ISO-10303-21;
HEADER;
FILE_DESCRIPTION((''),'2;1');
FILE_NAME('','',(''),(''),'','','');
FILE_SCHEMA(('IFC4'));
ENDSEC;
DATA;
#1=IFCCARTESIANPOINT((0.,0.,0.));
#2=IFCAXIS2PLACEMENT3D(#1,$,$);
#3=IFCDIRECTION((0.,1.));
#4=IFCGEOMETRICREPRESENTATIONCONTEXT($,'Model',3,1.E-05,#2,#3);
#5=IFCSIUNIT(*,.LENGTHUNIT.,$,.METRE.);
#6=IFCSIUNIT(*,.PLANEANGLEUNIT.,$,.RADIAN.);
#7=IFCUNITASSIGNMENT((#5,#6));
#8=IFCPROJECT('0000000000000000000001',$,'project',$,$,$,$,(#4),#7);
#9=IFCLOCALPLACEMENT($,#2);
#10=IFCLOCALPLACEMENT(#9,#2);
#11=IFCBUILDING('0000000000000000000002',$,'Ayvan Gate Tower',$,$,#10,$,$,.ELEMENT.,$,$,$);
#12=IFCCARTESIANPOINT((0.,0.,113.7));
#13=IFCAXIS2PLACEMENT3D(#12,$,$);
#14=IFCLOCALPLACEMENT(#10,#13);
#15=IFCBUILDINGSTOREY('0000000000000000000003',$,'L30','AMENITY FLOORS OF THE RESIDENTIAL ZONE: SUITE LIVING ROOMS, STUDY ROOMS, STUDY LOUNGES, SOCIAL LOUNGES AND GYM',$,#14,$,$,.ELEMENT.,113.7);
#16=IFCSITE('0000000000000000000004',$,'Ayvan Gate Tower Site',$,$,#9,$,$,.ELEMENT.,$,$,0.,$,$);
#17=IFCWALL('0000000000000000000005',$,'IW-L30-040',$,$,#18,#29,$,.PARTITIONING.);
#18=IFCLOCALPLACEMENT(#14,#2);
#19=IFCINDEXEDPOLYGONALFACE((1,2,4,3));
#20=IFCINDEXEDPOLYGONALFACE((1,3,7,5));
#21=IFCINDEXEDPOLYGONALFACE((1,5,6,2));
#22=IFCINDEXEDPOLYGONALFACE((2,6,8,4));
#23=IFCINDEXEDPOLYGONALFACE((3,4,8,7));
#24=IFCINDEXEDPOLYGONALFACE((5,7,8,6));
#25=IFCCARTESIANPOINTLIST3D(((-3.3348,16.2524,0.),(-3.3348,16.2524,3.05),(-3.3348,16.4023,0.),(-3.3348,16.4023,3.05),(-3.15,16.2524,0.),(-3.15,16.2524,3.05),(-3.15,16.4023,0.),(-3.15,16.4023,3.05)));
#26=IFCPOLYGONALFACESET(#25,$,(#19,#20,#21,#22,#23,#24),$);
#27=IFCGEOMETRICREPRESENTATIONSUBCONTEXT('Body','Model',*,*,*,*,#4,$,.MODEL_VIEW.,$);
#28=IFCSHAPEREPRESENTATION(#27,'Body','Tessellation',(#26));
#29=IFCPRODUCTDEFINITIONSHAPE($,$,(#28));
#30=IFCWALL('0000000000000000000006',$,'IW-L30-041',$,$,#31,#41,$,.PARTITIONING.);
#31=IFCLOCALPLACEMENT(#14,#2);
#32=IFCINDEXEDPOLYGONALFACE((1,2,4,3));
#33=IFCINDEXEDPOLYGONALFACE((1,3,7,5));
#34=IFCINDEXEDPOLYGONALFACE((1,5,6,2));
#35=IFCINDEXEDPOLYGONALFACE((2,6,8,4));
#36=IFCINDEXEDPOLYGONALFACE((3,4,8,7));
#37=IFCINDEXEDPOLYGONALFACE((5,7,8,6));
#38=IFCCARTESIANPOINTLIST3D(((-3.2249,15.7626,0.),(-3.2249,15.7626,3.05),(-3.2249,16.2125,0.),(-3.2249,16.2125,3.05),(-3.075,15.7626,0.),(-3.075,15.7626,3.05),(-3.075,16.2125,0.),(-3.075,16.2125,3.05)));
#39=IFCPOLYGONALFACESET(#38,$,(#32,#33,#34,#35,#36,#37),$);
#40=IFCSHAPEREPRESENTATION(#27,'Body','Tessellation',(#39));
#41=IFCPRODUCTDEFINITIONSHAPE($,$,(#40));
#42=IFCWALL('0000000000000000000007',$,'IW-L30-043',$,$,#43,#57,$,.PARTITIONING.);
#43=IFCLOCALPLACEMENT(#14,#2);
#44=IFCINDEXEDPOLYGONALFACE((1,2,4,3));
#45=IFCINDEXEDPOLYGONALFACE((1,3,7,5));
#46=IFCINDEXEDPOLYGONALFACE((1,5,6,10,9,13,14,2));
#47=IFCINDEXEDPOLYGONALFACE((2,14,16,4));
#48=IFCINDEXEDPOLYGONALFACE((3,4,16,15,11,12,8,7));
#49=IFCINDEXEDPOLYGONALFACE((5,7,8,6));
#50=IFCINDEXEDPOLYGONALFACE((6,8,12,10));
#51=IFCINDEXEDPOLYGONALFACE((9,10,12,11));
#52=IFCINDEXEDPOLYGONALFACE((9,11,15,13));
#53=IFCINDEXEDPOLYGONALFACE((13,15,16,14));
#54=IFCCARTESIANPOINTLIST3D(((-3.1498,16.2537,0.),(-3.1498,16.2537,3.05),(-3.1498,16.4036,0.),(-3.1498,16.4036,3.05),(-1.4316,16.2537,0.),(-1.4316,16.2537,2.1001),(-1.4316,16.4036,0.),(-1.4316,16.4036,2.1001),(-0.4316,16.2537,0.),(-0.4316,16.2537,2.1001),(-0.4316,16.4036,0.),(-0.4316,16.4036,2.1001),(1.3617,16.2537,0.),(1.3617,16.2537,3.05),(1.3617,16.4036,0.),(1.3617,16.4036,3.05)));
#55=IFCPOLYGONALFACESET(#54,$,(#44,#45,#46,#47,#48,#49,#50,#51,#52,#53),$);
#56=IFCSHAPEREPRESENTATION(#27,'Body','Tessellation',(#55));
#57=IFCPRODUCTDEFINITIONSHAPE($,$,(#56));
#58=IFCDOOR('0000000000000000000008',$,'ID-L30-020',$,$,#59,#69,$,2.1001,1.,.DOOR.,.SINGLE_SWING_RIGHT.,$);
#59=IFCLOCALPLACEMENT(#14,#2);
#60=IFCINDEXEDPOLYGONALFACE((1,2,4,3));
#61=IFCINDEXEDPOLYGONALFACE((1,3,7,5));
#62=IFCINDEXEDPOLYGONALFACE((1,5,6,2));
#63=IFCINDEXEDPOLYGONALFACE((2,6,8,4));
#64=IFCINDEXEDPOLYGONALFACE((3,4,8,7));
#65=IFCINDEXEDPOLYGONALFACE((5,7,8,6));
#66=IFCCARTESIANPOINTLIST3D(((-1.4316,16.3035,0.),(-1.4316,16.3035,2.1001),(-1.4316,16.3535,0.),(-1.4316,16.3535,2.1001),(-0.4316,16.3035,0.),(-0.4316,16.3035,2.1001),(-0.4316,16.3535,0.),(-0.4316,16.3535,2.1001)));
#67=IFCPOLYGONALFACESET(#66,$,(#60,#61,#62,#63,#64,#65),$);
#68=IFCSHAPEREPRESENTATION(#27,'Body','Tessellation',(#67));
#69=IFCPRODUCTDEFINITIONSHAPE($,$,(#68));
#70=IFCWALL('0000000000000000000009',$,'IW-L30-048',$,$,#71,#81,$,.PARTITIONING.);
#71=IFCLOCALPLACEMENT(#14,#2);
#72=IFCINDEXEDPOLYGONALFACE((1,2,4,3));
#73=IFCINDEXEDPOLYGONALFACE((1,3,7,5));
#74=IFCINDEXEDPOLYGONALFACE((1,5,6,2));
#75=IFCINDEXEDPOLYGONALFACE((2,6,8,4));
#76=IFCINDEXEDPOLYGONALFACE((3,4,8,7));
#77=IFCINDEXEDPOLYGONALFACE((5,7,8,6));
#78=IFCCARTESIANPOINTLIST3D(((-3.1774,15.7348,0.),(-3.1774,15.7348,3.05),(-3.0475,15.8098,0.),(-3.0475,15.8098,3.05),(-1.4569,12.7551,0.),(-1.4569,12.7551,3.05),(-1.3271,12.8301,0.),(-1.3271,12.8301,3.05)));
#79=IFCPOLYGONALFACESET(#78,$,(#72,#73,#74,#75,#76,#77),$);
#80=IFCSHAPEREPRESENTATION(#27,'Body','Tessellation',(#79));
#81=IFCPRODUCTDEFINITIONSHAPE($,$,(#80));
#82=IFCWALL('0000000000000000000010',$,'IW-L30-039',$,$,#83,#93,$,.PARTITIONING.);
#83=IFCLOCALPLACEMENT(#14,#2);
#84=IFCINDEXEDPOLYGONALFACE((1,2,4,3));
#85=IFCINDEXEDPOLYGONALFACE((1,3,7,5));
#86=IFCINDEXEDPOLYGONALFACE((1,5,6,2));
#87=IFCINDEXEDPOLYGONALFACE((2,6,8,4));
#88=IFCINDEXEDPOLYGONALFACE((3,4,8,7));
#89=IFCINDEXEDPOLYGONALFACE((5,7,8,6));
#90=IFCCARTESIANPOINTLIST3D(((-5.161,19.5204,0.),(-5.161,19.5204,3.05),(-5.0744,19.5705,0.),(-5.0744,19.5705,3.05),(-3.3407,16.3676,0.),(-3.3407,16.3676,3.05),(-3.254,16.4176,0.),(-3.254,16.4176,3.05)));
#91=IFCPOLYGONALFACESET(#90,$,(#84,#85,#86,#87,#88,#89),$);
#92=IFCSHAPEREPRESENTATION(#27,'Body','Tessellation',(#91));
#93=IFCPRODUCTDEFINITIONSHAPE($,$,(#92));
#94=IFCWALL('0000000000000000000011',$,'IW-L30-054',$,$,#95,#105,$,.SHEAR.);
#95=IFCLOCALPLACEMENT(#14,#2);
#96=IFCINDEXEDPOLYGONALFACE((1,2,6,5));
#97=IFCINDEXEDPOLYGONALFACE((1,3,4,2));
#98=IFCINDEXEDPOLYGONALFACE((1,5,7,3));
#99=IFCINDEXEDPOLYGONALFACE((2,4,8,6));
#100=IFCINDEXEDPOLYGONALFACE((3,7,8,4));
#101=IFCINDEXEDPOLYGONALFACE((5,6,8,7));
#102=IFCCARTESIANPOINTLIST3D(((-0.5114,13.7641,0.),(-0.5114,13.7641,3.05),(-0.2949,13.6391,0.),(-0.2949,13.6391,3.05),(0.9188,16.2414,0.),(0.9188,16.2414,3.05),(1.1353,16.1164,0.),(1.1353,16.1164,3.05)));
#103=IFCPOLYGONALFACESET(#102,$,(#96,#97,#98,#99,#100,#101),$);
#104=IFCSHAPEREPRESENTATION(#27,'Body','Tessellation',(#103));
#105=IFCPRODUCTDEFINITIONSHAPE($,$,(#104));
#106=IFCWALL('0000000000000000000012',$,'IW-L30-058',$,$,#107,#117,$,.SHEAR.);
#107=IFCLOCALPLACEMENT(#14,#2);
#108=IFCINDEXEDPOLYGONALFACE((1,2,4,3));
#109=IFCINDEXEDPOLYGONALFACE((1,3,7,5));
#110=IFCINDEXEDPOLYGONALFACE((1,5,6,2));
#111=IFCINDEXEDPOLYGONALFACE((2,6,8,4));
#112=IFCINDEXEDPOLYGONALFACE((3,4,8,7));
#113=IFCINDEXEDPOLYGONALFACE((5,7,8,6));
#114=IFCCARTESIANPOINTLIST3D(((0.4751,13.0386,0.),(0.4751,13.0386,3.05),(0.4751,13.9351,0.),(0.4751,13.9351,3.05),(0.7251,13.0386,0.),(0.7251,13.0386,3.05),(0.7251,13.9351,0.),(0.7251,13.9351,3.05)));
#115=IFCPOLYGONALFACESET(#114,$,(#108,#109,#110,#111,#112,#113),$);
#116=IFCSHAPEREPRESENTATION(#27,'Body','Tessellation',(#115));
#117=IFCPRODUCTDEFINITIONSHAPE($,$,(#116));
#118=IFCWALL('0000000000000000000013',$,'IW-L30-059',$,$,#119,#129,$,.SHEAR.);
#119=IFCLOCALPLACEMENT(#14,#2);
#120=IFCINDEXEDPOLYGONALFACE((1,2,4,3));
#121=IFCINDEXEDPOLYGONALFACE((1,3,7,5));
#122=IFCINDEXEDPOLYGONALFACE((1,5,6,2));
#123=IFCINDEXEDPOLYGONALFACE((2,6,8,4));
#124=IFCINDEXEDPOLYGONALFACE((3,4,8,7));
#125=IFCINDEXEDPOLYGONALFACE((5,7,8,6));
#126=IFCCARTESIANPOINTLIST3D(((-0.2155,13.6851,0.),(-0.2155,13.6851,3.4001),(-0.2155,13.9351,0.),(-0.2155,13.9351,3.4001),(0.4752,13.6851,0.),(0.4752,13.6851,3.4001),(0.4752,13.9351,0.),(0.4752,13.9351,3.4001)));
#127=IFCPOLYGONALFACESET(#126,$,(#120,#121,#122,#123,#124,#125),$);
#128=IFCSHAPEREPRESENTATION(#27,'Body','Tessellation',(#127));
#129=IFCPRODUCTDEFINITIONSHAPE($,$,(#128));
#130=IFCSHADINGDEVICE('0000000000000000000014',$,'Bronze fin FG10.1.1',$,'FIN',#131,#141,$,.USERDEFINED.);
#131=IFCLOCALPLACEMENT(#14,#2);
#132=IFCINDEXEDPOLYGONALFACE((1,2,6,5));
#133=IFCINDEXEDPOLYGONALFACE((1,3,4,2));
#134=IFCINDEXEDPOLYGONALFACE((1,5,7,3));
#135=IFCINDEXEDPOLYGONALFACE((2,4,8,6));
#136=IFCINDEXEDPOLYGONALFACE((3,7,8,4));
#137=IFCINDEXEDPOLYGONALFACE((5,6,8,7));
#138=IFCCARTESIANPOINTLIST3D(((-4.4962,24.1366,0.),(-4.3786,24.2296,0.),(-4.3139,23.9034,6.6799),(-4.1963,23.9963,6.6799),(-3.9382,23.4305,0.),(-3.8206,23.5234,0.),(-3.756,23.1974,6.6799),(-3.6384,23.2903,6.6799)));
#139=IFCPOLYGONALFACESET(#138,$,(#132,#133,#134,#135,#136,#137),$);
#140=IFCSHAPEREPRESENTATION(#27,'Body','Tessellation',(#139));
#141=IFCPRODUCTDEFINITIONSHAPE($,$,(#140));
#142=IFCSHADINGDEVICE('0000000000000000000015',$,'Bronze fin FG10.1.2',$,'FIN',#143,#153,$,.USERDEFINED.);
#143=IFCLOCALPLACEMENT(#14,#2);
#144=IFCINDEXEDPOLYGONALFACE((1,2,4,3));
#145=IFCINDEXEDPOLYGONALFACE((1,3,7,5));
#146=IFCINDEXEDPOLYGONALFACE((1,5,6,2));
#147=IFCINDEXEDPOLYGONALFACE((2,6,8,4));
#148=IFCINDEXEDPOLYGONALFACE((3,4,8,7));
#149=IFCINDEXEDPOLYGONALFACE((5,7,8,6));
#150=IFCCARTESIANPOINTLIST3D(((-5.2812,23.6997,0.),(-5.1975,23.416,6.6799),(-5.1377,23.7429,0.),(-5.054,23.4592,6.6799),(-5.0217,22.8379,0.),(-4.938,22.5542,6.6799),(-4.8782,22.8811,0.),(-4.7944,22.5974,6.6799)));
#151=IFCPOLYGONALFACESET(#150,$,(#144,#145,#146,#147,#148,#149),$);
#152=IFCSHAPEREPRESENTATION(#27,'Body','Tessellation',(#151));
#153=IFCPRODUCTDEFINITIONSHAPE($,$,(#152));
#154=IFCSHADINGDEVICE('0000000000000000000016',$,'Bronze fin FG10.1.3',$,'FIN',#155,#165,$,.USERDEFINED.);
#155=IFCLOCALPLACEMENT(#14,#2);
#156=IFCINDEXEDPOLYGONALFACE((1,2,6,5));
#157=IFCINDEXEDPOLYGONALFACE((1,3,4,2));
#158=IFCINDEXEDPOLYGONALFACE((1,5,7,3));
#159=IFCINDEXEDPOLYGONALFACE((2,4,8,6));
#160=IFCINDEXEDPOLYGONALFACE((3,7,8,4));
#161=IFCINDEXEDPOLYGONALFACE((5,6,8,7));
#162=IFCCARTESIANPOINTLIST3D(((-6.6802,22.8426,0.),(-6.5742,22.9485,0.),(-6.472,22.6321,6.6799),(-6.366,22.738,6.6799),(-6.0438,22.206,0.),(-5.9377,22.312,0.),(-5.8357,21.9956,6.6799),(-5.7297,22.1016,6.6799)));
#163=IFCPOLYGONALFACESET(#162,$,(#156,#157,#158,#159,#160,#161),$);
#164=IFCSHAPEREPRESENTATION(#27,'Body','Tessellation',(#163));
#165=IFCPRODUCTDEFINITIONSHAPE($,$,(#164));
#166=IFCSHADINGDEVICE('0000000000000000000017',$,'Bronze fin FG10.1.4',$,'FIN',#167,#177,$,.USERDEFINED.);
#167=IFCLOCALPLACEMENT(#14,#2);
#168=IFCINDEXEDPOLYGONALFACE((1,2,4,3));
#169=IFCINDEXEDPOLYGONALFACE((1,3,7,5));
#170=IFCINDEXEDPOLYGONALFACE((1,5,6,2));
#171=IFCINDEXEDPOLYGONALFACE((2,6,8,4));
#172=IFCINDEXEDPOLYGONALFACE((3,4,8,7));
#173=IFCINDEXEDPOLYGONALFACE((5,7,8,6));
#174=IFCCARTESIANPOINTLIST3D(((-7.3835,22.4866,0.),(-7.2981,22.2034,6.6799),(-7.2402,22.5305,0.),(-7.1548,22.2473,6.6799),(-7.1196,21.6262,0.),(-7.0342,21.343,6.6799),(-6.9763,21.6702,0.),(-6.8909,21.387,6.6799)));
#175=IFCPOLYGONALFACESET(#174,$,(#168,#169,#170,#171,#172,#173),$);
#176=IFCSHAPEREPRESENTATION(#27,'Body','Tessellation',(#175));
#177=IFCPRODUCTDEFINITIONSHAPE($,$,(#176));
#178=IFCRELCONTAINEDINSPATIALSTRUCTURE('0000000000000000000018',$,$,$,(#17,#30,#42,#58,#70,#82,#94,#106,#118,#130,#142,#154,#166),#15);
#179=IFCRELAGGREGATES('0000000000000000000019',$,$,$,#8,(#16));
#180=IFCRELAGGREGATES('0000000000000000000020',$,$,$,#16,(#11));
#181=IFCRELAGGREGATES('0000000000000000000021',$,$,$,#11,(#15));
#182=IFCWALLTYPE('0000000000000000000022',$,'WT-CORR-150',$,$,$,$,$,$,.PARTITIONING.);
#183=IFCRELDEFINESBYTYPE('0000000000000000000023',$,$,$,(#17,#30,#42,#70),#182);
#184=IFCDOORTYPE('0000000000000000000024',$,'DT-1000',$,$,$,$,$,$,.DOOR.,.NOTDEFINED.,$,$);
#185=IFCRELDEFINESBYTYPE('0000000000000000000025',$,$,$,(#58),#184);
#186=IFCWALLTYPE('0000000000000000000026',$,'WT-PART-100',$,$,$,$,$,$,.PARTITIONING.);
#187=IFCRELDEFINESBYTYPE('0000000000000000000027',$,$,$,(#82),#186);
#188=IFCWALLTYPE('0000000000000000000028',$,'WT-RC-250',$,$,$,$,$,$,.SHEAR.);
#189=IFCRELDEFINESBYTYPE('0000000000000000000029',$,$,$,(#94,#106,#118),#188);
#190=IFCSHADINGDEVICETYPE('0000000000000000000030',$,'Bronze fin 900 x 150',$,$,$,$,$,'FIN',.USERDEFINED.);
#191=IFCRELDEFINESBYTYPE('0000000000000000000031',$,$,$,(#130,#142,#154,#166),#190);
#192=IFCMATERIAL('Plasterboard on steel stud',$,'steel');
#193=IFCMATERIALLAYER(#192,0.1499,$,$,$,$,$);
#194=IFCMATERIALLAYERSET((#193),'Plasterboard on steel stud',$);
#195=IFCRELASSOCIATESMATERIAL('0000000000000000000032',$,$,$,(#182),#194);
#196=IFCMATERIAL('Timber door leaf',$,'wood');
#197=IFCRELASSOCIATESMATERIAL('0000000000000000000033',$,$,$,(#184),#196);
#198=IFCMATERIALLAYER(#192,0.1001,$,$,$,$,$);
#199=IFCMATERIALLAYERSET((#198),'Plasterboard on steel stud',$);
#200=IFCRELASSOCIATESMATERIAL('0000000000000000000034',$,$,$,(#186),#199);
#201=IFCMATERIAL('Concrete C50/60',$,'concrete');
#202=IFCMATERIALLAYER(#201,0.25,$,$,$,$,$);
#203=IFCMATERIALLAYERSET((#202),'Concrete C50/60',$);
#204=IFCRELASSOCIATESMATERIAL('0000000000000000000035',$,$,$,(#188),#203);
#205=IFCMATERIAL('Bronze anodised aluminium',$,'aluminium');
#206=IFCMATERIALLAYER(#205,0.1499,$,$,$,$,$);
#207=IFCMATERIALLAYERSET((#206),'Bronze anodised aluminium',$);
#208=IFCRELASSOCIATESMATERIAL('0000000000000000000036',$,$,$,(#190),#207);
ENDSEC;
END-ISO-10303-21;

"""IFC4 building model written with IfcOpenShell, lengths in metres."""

from ifc_helpers import new_model, si_unit, direction, frame, frame_2d, origin, place, context, subcontext, project, spatial, polyline, rectangle, outline, extrude, material, layer, layer_set, type_object, element, fill, save


model = new_model("IFC4")

# Units and contexts
model_context = context("Model", 3, precision=1e-05, world=origin(), true_north=direction((0.0, 1.0)))
body_context = subcontext(model_context, "Body", "Model", "MODEL_VIEW")
ifc_project = project(units=[si_unit("LENGTHUNIT", "METRE"), si_unit("PLANEANGLEUNIT", "RADIAN")], contexts=[model_context])

# Site, building, storey
site_placement = place(None, origin())
site = spatial("IfcSite", under=ifc_project, at=site_placement, Name="Ayvan Gate Tower Site", CompositionType="ELEMENT", RefElevation=0.0)
building_placement = place(site_placement, origin())
building = spatial("IfcBuilding", under=site, at=building_placement, Name="Ayvan Gate Tower", CompositionType="ELEMENT")
storey_placement = place(building_placement, frame((0.0, 0.0, 113.7)))
storey = spatial("IfcBuildingStorey", under=building, at=storey_placement, Name="L30", Description="AMENITY FLOORS OF THE RESIDENTIAL ZONE: SUITE LIVING ROOMS, STUDY ROOMS, STUDY LOUNGES, SOCIAL LOUNGES AND GYM", CompositionType="ELEMENT", Elevation=113.7)

# Shared definitions
ifc_material_1 = material(Name="Bronze anodised aluminium", Category="aluminium")

# Walls
ifc_material_2 = material(Name="Plasterboard on steel stud", Category="steel")
ifc_layer_1 = layer(ifc_material_2, 0.1499)
ifc_layer_set_1 = layer_set([ifc_layer_1], Name="Plasterboard on steel stud")
wall_type_1 = type_object("IfcWallType", Name="WT-CORR-150", PredefinedType="PARTITIONING", material=ifc_layer_set_1)
wall_1_placement = place(storey_placement, frame((-3.3347, 16.3274, 0.0), z_axis=(0.0, 0.0, 1.0), x_axis=(1.0, 0.0, 0.0)))
element("IfcWall", 1, at=wall_1_placement, inside=storey, type_object=wall_type_1, Name="IW-L30-040", PredefinedType="PARTITIONING", context=body_context, shape_type="SweptSolid", body=[
    extrude(rectangle(XDim=0.1848, YDim=0.1499, at=frame_2d((0.0923, 0.0))), origin(), (0.0, 0.0, 1.0), 3.05),
])
wall_2_placement = place(storey_placement, frame((-3.1499, 15.7625, 0.0), z_axis=(0.0, 0.0, 1.0), x_axis=(0.0, 1.0, 0.0)))
element("IfcWall", 2, at=wall_2_placement, inside=storey, type_object=wall_type_1, Name="IW-L30-041", PredefinedType="PARTITIONING", context=body_context, shape_type="SweptSolid", body=[
    extrude(rectangle(XDim=0.45, YDim=0.1499, at=frame_2d((0.2251, 0.0))), origin(), (0.0, 0.0, 1.0), 3.05),
])

# Wall, opening, door
wall_3_placement = place(storey_placement, frame((-3.1499, 16.3286, 0.0), z_axis=(0.0, 0.0, 1.0), x_axis=(1.0, 0.0, 0.0)))
wall_3 = element("IfcWall", 3, at=wall_3_placement, inside=storey, type_object=wall_type_1, Name="IW-L30-043", PredefinedType="PARTITIONING", context=body_context, shape_type="SweptSolid", body=[
    extrude(rectangle(XDim=4.5115, YDim=0.1499, at=frame_2d((2.2559, 0.0))), origin(), (0.0, 0.0, 1.0), 3.05),
])
opening_placement = place(wall_3_placement, frame((1.7183, 0.0, 0.0)))
opening = element("IfcOpeningElement", 4, at=opening_placement, cuts=wall_3, PredefinedType="OPENING", context=body_context, shape_type="SweptSolid", body=[
    extrude(rectangle(XDim=1.0, YDim=2.1001, at=frame_2d((0.5, 1.05))), frame((0.0, 0.085, 0.0), z_axis=(0.0, -1.0, 0.0), x_axis=(1.0, 0.0, 0.0)), (0.0, 0.0, 1.0), 0.1699),
])
ifc_material_3 = material(Name="Timber door leaf", Category="wood")
door_type = type_object("IfcDoorType", Name="DT-1000", OperationType="NOTDEFINED", PredefinedType="DOOR", material=ifc_material_3)
door_placement = place(opening_placement, origin())
door = element("IfcDoor", 5, at=door_placement, inside=storey, type_object=door_type, Name="ID-L30-020", OperationType="SINGLE_SWING_RIGHT", OverallHeight=2.1001, OverallWidth=1.0, PredefinedType="DOOR", context=body_context, shape_type="SweptSolid", body=[
    extrude(rectangle(XDim=1.0, YDim=2.1001, at=frame_2d((0.5, 1.05))), frame((0.0, 0.0249, 0.0), z_axis=(0.0, -1.0, 0.0), x_axis=(1.0, 0.0, 0.0)), (0.0, 0.0, 1.0), 0.05),
])
fill(opening, door)

# Walls
wall_4_placement = place(storey_placement, frame((-1.3921, 12.7927, 0.0), z_axis=(0.0, 0.0, 1.0), x_axis=(-0.500023, 0.866012, 0.0)))
element("IfcWall", 6, at=wall_4_placement, inside=storey, type_object=wall_type_1, Name="IW-L30-048", PredefinedType="PARTITIONING", context=body_context, shape_type="SweptSolid", body=[
    extrude(rectangle(XDim=3.4407, YDim=0.1499, at=frame_2d((1.7202, 0.0))), origin(), (0.0, 0.0, 1.0), 3.05),
])
ifc_layer_2 = layer(ifc_material_2, 0.1001)
ifc_layer_set_2 = layer_set([ifc_layer_2], Name="Plasterboard on steel stud")
wall_type_2 = type_object("IfcWallType", Name="WT-PART-100", PredefinedType="PARTITIONING", material=ifc_layer_set_2)
wall_5_placement = place(storey_placement, frame((-3.2974, 16.3926, 0.0), z_axis=(0.0, 0.0, 1.0), x_axis=(-0.500005, 0.866023, 0.0)))
element("IfcWall", 7, at=wall_5_placement, inside=storey, type_object=wall_type_2, Name="IW-L30-039", PredefinedType="PARTITIONING", context=body_context, shape_type="SweptSolid", body=[
    extrude(rectangle(XDim=3.6406, YDim=0.1001, at=frame_2d((1.8203, 0.0))), origin(), (0.0, 0.0, 1.0), 3.05),
])
ifc_material_4 = material(Name="Concrete C50/60", Category="concrete")
ifc_layer_3 = layer(ifc_material_4, 0.25)
ifc_layer_set_3 = layer_set([ifc_layer_3], Name="Concrete C50/60")
wall_type_3 = type_object("IfcWallType", Name="WT-RC-250", PredefinedType="SHEAR", material=ifc_layer_set_3)
wall_6_placement = place(storey_placement, frame((-0.4031, 13.7017, 0.0), z_axis=(0.0, 0.0, 1.0), x_axis=(0.499976, 0.866039, 0.0)))
element("IfcWall", 8, at=wall_6_placement, inside=storey, type_object=wall_type_3, Name="IW-L30-054", PredefinedType="SHEAR", context=body_context, shape_type="SweptSolid", body=[
    extrude(rectangle(XDim=2.8606, YDim=0.25, at=frame_2d((1.4302, 0.0))), origin(), (0.0, 0.0, 1.0), 3.05),
])
wall_7_placement = place(storey_placement, frame((0.6001, 13.0386, 0.0), z_axis=(0.0, 0.0, 1.0), x_axis=(0.0, 1.0, 0.0)))
element("IfcWall", 9, at=wall_7_placement, inside=storey, type_object=wall_type_3, Name="IW-L30-058", PredefinedType="SHEAR", context=body_context, shape_type="SweptSolid", body=[
    extrude(rectangle(XDim=0.8965, YDim=0.25, at=frame_2d((0.4482, 0.0))), origin(), (0.0, 0.0, 1.0), 3.05),
])
wall_8_placement = place(storey_placement, frame((0.4751, 13.8101, 0.0), z_axis=(0.0, 0.0, 1.0), x_axis=(-1.0, 0.0, 0.0)))
element("IfcWall", 10, at=wall_8_placement, inside=storey, type_object=wall_type_3, Name="IW-L30-059", PredefinedType="SHEAR", context=body_context, shape_type="SweptSolid", body=[
    extrude(rectangle(XDim=0.6907, YDim=0.25, at=frame_2d((0.3452, 0.0))), origin(), (0.0, 0.0, 1.0), 3.4001),
])

# Shading devices
ifc_layer_4 = layer(ifc_material_1, 0.1499)
ifc_layer_set_4 = layer_set([ifc_layer_4], Name="Bronze anodised aluminium")
shading_device_type = type_object("IfcShadingDeviceType", Name="Bronze fin 900 x 150", ElementType="FIN", PredefinedType="USERDEFINED", material=ifc_layer_set_4)
shading_device_1_placement = place(storey_placement, frame((-3.8206, 23.5234, 0.0), z_axis=(0.784574, 0.620036, 0.000236), x_axis=(-0.620036, 0.784574, 0.0)))
element("IfcShadingDevice", 11, at=shading_device_1_placement, inside=storey, type_object=shading_device_type, Name="Bronze fin FG10.1.1", ObjectType="FIN", PredefinedType="USERDEFINED", context=body_context, shape_type="SweptSolid", body=[
    extrude(outline(polyline([(0.0, 0.0), (0.9, 0.0), (0.604, 6.6799), (-0.2959, 6.6799), (0.0, 0.0)])), origin(), (0.0, 0.0, -1.0), 0.1499),
])
shading_device_2_placement = place(storey_placement, frame((-4.8782, 22.8811, 0.0), z_axis=(0.957527, 0.288343, 0.000242), x_axis=(-0.288343, 0.957527, 0.0)))
element("IfcShadingDevice", 12, at=shading_device_2_placement, inside=storey, type_object=shading_device_type, Name="Bronze fin FG10.1.2", ObjectType="FIN", PredefinedType="USERDEFINED", context=body_context, shape_type="SweptSolid", body=[
    extrude(outline(polyline([(0.0, 0.0), (0.9, 0.0), (0.6043, 6.6799), (-0.2958, 6.6799), (0.0, 0.0)])), origin(), (0.0, 0.0, -1.0), 0.1499),
])
shading_device_3_placement = place(storey_placement, frame((-5.9377, 22.312, 0.0), z_axis=(0.707175, 0.707039, 0.000241), x_axis=(-0.707039, 0.707175, 0.0)))
element("IfcShadingDevice", 13, at=shading_device_3_placement, inside=storey, type_object=shading_device_type, Name="Bronze fin FG10.1.3", ObjectType="FIN", PredefinedType="USERDEFINED", context=body_context, shape_type="SweptSolid", body=[
    extrude(outline(polyline([(0.0, 0.0), (0.9001, 0.0), (0.604, 6.6799), (-0.2959, 6.6799), (0.0, 0.0)])), origin(), (0.0, 0.0, -1.0), 0.1499),
])
shading_device_4_placement = place(storey_placement, frame((-6.9763, 21.6702, 0.0), z_axis=(0.956031, 0.293266, 0.000204), x_axis=(-0.293266, 0.956031, 0.0)))
element("IfcShadingDevice", 14, at=shading_device_4_placement, inside=storey, type_object=shading_device_type, Name="Bronze fin FG10.1.4", ObjectType="FIN", PredefinedType="USERDEFINED", context=body_context, shape_type="SweptSolid", body=[
    extrude(outline(polyline([(0.0, 0.0), (0.8999, 0.0), (0.6041, 6.6799), (-0.2958, 6.6799), (0.0, 0.0)])), origin(), (0.0, 0.0, -1.0), 0.1499),
])

save(model, "model.ifc")
